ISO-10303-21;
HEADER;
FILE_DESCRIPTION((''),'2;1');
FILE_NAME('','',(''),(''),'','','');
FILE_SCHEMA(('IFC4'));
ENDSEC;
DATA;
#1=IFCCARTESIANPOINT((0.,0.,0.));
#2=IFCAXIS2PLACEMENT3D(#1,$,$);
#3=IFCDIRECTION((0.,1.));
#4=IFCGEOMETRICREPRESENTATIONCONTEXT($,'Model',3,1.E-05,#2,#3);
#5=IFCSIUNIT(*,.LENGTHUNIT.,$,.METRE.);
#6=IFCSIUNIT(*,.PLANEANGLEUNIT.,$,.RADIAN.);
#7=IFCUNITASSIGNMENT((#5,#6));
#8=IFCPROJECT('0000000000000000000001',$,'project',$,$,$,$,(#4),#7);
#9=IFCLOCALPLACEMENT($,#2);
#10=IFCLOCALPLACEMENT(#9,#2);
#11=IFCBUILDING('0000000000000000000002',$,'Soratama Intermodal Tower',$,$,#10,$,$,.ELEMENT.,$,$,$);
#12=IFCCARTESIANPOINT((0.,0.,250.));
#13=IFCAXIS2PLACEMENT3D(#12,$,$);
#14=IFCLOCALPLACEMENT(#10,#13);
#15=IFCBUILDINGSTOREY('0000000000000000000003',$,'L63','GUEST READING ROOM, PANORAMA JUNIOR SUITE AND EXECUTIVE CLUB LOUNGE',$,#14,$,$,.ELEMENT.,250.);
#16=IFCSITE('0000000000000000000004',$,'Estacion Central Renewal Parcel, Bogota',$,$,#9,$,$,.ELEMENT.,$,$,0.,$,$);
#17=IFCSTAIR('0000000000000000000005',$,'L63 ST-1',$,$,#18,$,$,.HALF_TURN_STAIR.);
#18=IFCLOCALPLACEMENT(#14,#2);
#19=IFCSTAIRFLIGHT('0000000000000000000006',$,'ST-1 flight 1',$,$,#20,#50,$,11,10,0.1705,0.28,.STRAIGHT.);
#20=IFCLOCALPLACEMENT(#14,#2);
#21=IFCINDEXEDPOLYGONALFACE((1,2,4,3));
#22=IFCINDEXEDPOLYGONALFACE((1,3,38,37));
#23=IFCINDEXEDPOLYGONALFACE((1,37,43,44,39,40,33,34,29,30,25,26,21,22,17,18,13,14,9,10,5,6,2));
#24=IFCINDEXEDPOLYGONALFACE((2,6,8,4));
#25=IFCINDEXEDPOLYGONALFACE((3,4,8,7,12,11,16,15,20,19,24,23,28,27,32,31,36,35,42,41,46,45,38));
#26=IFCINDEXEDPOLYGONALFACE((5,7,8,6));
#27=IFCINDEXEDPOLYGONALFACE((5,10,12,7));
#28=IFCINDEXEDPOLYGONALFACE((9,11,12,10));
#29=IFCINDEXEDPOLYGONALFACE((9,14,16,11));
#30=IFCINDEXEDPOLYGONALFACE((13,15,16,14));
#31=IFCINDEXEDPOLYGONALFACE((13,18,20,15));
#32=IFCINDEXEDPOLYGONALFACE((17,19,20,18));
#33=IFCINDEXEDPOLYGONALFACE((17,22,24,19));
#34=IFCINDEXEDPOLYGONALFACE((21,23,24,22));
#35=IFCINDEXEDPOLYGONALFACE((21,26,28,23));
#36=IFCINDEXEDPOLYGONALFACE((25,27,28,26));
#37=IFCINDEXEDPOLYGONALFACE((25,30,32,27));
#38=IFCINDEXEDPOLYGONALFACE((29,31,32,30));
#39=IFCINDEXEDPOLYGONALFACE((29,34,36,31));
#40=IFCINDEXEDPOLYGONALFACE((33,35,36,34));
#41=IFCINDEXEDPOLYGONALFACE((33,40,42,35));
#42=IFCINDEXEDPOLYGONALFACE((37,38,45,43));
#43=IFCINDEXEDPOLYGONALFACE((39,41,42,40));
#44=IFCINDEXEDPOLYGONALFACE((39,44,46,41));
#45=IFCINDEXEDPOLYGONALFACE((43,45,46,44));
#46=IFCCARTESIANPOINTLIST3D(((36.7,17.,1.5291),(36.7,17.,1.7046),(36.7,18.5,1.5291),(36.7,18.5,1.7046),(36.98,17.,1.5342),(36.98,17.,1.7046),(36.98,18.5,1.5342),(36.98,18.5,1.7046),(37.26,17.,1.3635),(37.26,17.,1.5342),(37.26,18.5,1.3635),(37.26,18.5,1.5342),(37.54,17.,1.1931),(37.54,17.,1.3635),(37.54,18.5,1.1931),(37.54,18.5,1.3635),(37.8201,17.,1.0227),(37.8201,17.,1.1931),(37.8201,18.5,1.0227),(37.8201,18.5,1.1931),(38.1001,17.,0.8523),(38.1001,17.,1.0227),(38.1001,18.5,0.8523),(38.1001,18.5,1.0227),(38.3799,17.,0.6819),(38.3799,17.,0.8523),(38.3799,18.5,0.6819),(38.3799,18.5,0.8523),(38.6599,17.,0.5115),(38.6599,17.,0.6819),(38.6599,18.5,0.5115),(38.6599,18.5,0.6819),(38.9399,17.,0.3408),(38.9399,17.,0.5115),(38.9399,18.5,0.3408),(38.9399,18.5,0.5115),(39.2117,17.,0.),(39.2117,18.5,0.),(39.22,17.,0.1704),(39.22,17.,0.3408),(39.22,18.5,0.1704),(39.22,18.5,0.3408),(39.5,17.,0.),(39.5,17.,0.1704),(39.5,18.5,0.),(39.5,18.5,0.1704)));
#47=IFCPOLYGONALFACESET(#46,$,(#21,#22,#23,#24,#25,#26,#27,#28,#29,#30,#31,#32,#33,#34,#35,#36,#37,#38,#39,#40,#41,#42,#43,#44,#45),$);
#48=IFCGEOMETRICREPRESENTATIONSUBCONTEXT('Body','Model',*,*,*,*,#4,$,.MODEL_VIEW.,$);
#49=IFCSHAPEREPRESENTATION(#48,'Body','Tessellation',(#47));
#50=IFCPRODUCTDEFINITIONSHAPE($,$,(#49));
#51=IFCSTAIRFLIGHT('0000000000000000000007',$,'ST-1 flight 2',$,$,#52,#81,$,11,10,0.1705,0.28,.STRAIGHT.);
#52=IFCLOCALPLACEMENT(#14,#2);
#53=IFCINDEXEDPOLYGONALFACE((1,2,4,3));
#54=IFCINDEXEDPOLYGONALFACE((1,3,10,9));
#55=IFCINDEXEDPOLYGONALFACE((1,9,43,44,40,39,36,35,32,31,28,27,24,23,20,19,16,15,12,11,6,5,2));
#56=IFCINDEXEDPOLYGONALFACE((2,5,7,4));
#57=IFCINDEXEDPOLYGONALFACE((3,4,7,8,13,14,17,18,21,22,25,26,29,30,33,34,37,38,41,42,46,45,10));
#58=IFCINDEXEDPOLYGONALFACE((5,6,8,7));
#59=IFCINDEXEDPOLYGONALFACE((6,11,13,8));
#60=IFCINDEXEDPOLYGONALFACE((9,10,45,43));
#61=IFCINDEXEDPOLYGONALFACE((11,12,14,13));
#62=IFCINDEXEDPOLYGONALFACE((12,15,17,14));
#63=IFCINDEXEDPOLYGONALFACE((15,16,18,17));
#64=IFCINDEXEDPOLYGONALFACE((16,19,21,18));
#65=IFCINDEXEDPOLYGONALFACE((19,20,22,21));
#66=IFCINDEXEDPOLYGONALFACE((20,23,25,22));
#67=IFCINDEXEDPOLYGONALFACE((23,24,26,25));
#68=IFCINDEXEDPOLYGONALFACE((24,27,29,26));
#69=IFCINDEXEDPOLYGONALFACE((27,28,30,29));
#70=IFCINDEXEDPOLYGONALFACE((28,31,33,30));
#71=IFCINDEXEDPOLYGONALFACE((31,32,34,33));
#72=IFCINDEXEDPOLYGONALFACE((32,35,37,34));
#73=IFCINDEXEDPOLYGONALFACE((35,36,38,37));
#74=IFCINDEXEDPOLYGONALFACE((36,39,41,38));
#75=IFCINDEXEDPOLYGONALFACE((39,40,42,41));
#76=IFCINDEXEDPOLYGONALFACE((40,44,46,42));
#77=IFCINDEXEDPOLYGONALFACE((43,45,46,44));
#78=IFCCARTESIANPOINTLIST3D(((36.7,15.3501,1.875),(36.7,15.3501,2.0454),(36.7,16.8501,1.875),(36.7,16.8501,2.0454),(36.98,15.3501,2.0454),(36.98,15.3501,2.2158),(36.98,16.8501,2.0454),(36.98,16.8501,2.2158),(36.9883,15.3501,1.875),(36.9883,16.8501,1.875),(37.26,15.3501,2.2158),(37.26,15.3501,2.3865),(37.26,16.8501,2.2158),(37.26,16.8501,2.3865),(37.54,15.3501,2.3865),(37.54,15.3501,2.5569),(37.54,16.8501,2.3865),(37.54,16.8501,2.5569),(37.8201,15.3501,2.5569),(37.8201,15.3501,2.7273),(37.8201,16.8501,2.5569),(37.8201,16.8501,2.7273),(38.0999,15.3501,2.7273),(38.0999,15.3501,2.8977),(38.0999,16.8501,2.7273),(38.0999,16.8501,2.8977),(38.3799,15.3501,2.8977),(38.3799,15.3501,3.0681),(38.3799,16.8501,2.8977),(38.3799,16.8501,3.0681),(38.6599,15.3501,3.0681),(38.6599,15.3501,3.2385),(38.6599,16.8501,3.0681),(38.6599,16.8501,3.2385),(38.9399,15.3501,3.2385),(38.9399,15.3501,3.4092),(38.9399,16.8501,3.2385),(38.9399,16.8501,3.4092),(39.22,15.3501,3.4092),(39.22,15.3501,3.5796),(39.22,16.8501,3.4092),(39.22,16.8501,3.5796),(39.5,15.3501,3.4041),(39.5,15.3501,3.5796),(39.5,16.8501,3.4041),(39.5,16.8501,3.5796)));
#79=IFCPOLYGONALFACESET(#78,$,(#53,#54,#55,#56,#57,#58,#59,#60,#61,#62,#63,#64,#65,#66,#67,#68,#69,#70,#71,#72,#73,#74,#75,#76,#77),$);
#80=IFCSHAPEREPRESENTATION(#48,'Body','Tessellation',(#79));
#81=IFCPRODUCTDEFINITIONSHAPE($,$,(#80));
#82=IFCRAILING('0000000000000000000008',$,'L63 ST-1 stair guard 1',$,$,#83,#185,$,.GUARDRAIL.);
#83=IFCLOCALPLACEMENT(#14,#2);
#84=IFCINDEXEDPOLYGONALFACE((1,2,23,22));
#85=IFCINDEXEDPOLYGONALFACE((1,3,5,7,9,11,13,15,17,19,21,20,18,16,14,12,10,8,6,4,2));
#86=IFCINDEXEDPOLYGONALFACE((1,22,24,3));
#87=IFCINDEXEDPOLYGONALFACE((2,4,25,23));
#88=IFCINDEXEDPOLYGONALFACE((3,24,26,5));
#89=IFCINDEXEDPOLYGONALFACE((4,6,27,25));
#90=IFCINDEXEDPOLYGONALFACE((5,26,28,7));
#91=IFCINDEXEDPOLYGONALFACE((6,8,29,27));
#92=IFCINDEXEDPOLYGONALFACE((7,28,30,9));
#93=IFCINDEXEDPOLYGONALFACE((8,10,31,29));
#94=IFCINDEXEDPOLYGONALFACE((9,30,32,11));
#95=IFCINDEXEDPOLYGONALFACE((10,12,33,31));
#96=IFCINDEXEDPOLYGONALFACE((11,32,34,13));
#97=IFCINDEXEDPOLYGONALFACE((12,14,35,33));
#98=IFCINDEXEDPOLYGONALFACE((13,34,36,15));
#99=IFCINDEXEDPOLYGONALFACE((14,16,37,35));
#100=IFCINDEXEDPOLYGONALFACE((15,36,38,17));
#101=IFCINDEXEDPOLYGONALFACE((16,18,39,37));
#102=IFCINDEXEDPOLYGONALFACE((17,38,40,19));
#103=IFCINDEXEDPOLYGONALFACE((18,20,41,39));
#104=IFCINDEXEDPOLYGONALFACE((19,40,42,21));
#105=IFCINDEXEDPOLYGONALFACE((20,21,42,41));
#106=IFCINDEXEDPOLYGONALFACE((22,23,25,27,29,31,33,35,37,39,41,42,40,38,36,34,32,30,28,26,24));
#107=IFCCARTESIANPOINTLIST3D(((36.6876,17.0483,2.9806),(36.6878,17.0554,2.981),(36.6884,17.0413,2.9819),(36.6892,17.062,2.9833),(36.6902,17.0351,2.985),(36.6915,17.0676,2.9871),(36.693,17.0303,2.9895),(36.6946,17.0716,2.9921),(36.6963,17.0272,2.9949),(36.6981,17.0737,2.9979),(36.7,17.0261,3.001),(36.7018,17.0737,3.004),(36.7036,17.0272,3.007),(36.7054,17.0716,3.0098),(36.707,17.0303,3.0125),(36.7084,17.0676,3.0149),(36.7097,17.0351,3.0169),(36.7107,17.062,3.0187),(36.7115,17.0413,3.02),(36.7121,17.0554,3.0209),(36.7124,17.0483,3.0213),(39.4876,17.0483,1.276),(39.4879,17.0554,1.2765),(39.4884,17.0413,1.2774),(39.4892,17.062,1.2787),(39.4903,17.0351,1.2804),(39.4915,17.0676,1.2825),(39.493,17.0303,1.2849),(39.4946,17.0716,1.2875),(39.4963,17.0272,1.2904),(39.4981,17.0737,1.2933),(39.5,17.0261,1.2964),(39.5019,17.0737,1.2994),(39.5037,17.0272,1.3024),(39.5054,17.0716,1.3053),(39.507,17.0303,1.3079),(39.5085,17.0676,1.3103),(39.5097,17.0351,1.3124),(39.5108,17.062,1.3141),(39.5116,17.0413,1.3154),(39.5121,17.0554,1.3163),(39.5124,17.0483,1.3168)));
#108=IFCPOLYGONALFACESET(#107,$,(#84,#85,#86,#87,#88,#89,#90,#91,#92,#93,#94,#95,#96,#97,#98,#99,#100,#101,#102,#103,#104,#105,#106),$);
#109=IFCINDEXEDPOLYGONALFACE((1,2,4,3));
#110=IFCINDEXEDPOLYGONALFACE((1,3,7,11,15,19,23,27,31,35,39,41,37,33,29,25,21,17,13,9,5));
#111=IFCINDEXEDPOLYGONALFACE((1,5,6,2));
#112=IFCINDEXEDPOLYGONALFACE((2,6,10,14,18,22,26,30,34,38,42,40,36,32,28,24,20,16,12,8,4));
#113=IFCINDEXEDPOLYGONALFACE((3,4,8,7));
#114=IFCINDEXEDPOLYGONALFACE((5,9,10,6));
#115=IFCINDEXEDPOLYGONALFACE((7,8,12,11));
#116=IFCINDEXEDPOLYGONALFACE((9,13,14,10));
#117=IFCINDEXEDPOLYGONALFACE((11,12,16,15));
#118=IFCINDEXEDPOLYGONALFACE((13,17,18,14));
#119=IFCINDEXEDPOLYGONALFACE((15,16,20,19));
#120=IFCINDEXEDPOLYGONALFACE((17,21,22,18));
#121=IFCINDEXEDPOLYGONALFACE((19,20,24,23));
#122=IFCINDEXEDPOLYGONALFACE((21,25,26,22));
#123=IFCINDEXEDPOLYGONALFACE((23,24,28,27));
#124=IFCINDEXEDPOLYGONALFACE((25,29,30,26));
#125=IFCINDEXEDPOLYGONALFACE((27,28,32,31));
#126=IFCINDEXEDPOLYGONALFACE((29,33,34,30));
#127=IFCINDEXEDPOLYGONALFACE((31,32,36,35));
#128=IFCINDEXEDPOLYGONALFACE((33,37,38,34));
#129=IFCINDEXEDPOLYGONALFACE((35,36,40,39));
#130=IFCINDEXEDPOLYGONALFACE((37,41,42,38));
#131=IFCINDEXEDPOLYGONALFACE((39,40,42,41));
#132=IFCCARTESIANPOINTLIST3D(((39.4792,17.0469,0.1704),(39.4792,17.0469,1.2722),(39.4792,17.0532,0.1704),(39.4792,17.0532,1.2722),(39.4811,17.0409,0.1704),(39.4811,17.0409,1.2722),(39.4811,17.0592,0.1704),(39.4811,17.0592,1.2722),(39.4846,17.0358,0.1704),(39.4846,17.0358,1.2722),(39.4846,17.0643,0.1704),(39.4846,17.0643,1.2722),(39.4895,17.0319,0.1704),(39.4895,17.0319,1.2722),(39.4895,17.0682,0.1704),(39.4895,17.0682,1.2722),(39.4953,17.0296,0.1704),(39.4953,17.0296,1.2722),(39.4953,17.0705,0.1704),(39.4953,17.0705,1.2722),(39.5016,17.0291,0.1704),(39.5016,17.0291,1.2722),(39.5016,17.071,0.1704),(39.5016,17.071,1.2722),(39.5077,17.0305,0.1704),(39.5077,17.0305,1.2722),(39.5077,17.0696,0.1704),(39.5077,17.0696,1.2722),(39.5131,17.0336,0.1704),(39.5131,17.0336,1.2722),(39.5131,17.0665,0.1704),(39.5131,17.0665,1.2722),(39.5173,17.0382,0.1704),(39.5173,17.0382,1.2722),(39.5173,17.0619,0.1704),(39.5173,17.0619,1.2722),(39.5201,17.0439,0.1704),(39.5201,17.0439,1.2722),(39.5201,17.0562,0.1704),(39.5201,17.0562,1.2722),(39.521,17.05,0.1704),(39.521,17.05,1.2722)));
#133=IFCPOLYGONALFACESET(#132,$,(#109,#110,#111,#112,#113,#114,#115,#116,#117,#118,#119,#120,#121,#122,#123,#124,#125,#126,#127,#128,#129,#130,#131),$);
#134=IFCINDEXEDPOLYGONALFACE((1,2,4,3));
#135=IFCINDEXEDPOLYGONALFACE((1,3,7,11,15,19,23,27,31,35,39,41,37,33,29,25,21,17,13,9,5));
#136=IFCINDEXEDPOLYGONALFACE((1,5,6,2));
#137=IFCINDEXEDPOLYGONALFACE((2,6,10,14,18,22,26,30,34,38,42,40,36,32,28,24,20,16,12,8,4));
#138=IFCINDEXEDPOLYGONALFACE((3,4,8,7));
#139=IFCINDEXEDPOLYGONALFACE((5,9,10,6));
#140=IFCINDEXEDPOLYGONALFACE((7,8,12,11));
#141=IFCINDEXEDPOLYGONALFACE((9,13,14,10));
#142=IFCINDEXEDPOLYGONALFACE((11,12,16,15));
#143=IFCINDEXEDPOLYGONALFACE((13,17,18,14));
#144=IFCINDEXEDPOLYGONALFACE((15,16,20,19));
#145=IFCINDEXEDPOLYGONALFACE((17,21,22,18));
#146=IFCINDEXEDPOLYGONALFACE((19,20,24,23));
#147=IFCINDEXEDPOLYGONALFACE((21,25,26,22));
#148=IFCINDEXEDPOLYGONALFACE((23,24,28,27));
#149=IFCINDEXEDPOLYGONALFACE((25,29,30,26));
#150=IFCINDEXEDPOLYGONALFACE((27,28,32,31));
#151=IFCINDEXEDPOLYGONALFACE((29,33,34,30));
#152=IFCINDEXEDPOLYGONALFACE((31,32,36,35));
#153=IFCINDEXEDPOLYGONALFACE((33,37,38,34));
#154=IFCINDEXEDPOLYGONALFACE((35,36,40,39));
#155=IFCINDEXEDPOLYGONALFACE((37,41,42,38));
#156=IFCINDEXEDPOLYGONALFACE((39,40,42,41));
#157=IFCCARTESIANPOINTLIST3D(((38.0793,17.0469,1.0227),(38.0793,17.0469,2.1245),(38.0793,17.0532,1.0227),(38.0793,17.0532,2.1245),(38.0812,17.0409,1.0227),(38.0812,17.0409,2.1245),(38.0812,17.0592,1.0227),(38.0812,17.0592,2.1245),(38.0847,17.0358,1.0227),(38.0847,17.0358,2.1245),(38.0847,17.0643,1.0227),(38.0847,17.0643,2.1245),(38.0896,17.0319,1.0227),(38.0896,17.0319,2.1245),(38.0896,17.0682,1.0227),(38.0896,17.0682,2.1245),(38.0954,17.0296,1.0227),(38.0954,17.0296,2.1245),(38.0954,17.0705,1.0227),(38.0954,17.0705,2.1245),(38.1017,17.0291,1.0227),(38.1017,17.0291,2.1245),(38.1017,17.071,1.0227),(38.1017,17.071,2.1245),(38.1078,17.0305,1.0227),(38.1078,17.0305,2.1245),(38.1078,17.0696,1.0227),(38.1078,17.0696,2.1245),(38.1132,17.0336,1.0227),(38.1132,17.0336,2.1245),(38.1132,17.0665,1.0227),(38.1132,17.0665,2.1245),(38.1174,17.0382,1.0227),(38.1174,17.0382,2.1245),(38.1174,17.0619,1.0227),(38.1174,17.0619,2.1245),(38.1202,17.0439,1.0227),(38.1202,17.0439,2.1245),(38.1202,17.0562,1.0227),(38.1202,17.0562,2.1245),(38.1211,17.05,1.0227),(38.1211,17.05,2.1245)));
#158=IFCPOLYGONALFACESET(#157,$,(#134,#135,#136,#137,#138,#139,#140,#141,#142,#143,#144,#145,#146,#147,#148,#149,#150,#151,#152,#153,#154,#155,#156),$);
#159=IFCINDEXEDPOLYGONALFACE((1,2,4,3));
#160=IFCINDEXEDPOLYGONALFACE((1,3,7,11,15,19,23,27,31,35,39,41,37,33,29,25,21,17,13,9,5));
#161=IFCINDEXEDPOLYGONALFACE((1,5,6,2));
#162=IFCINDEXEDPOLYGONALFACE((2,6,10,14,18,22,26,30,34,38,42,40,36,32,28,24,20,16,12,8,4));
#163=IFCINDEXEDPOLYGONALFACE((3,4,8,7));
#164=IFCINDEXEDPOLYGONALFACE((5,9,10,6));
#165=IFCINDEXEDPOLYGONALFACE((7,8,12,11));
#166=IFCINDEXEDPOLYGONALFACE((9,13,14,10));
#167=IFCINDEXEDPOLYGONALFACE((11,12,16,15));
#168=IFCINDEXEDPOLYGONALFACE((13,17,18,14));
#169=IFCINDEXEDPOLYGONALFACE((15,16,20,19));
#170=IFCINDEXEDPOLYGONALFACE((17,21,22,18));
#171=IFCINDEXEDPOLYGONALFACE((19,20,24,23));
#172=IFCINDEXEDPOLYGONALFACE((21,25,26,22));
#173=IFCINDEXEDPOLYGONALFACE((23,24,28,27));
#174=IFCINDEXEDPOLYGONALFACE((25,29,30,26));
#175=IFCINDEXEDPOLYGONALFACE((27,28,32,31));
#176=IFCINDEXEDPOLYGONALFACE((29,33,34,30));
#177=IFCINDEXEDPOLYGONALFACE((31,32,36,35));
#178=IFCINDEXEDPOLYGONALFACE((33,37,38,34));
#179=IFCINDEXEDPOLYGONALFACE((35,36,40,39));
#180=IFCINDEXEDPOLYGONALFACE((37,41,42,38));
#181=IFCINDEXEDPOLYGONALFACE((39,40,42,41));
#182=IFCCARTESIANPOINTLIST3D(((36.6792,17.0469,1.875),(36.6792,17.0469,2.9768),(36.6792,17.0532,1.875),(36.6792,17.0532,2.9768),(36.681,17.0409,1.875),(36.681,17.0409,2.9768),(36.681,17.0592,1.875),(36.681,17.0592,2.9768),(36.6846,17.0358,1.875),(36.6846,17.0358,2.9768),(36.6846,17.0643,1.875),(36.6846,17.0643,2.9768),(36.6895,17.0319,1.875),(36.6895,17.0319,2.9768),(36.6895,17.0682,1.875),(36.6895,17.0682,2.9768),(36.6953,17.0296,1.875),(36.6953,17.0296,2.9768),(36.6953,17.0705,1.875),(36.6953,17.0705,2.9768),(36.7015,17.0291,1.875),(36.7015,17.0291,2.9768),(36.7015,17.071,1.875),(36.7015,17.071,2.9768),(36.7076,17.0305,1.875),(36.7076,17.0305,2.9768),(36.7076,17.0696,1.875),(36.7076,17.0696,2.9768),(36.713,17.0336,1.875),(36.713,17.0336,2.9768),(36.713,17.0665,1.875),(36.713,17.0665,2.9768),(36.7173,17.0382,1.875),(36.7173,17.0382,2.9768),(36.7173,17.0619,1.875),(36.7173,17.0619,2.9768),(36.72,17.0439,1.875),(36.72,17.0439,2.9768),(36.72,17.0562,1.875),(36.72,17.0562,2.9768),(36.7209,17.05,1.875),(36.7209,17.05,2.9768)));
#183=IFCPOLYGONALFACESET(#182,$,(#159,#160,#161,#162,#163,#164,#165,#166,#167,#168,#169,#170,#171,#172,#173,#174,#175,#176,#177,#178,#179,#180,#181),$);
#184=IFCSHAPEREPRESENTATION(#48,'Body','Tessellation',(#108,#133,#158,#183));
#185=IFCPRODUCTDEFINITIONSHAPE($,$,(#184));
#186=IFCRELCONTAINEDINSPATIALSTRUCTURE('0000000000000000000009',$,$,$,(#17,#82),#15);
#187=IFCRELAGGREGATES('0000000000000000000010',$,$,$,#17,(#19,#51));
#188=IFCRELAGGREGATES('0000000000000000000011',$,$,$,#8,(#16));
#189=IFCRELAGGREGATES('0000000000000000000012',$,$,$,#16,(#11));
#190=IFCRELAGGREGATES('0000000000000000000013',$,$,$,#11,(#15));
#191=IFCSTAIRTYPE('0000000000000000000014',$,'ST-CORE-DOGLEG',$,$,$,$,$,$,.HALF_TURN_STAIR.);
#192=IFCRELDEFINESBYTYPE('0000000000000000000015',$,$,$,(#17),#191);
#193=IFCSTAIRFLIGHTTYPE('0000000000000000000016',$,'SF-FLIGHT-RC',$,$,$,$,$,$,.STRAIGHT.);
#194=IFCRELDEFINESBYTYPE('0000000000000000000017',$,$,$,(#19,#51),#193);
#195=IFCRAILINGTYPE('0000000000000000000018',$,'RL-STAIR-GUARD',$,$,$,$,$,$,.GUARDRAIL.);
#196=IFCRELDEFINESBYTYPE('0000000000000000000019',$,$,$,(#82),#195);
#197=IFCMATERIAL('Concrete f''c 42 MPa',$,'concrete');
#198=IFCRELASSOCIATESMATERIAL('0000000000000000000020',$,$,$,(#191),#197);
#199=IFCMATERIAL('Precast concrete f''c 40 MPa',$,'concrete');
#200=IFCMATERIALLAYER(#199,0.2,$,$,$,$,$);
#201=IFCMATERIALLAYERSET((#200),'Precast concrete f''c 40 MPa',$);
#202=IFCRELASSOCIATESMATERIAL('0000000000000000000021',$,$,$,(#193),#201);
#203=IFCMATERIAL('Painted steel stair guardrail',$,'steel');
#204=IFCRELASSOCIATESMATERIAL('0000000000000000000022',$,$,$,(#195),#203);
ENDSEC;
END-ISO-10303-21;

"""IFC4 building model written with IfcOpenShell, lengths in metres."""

from ifc_helpers import new_model, si_unit, direction, frame, origin, origin_2d, place, context, subcontext, project, spatial, polyline, circle, outline, extrude, material, layer, layer_set, type_object, element, aggregate, save


model = new_model("IFC4")

# Units and contexts
model_context = context("Model", 3, precision=1e-05, world=origin(), true_north=direction((0.0, 1.0)))
body_context = subcontext(model_context, "Body", "Model", "MODEL_VIEW")
ifc_project = project(units=[si_unit("LENGTHUNIT", "METRE"), si_unit("PLANEANGLEUNIT", "RADIAN")], contexts=[model_context])

# Site, building, storey
site_placement = place(None, origin())
site = spatial("IfcSite", under=ifc_project, at=site_placement, Name="Estacion Central Renewal Parcel, Bogota", CompositionType="ELEMENT", RefElevation=0.0)
building_placement = place(site_placement, origin())
building = spatial("IfcBuilding", under=site, at=building_placement, Name="Soratama Intermodal Tower", CompositionType="ELEMENT")
storey_placement = place(building_placement, frame((0.0, 0.0, 250.0)))
storey = spatial("IfcBuildingStorey", under=building, at=storey_placement, Name="L63", Description="GUEST READING ROOM, PANORAMA JUNIOR SUITE AND EXECUTIVE CLUB LOUNGE", CompositionType="ELEMENT", Elevation=250.0)

# Stair, stair flights
ifc_material_1 = material(Name="Concrete f'c 42 MPa", Category="concrete")
stair_type = type_object("IfcStairType", Name="ST-CORE-DOGLEG", PredefinedType="HALF_TURN_STAIR", material=ifc_material_1)
stair_placement = place(storey_placement, origin())
stair = element("IfcStair", 1, at=stair_placement, inside=storey, type_object=stair_type, Name="L63 ST-1", PredefinedType="HALF_TURN_STAIR")
ifc_material_2 = material(Name="Precast concrete f'c 40 MPa", Category="concrete")
ifc_layer_1 = layer(ifc_material_2, 0.2)
ifc_layer_set_1 = layer_set([ifc_layer_1], Name="Precast concrete f'c 40 MPa")
stair_flight_type = type_object("IfcStairFlightType", Name="SF-FLIGHT-RC", PredefinedType="STRAIGHT", material=ifc_layer_set_1)
stair_flight_1_placement = place(storey_placement, frame((39.5, 17.75, 0.0), z_axis=(0.0, 0.0, 1.0), x_axis=(-1.0, 0.0, 0.0)))
stair_flight_1 = element("IfcStairFlight", 2, at=stair_flight_1_placement, type_object=stair_flight_type, Name="ST-1 flight 1", NumberOfRisers=11, NumberOfTreads=10, PredefinedType="STRAIGHT", RiserHeight=0.1705, TreadLength=0.28, context=body_context, shape_type="SweptSolid", body=[
    extrude(outline(polyline([(0.0, 0.0), (0.0, 0.1704), (0.28, 0.1704), (0.28, 0.3408), (0.5601, 0.3408), (0.5601, 0.5115), (0.8401, 0.5115), (0.8401, 0.6819), (1.1201, 0.6819), (1.1201, 0.8523), (1.3999, 0.8523), (1.3999, 1.0227), (1.6799, 1.0227), (1.6799, 1.1931), (1.96, 1.1931), (1.96, 1.3635), (2.24, 1.3635), (2.24, 1.5342), (2.52, 1.5342), (2.52, 1.7046), (2.8, 1.7046), (2.8, 1.875), (2.8, 1.5291), (0.2883, 0.0), (0.0, 0.0)])), frame((0.0, 0.75, 0.0), z_axis=(0.0, -1.0, 0.0), x_axis=(1.0, 0.0, 0.0)), (0.0, 0.0, 1.0), 1.5),
])
stair_flight_2_placement = place(storey_placement, frame((36.7, 16.1001, 1.875), z_axis=(0.0, 0.0, 1.0), x_axis=(1.0, 0.0, 0.0)))
stair_flight_2 = element("IfcStairFlight", 3, at=stair_flight_2_placement, type_object=stair_flight_type, Name="ST-1 flight 2", NumberOfRisers=11, NumberOfTreads=10, PredefinedType="STRAIGHT", RiserHeight=0.1705, TreadLength=0.28, context=body_context, shape_type="SweptSolid", body=[
    extrude(outline(polyline([(0.0, 0.0), (0.0, 0.1704), (0.28, 0.1704), (0.28, 0.3408), (0.5601, 0.3408), (0.5601, 0.5115), (0.8401, 0.5115), (0.8401, 0.6819), (1.1201, 0.6819), (1.1201, 0.8523), (1.3999, 0.8523), (1.3999, 1.0227), (1.6799, 1.0227), (1.6799, 1.1931), (1.96, 1.1931), (1.96, 1.3635), (2.24, 1.3635), (2.24, 1.5342), (2.52, 1.5342), (2.52, 1.7046), (2.8, 1.7046), (2.8, 1.875), (2.8, 1.5291), (0.2883, 0.0), (0.0, 0.0)])), frame((0.0, 0.75, 0.0), z_axis=(0.0, -1.0, 0.0), x_axis=(1.0, 0.0, 0.0)), (0.0, 0.0, 1.0), 1.5),
])
aggregate(stair, [stair_flight_1, stair_flight_2])

# Railing
ifc_material_3 = material(Name="Painted steel stair guardrail", Category="steel")
railing_type_1 = type_object("IfcRailingType", Name="RL-STAIR-GUARD", PredefinedType="GUARDRAIL", material=ifc_material_3)
railing_1_placement = place(storey_placement, frame((39.5, 17.05, 0.1704)))
element("IfcRailing", 4, at=railing_1_placement, inside=storey, type_object=railing_type_1, Name="L63 ST-1 stair guard 1", PredefinedType="GUARDRAIL", context=body_context, shape_type="SweptSolid", body=[
    extrude(circle(Radius=0.0239, at=origin_2d()), frame((0.0, 0.0, 1.126), z_axis=(-0.85417, 0.0, 0.519994), x_axis=(0.0, -1.0, 0.0)), (0.0, 0.0, 1.0), 3.2781),
    extrude(circle(Radius=0.021, at=origin_2d()), origin(), (0.0, 0.0, 1.0), 1.1018),
    extrude(circle(Radius=0.021, at=origin_2d()), frame((-1.3999, 0.0, 0.8523)), (0.0, 0.0, 1.0), 1.1018),
    extrude(circle(Radius=0.021, at=origin_2d()), frame((-2.8, 0.0, 1.7046)), (0.0, 0.0, 1.0), 1.1018),
])

save(model, "model.ifc")
